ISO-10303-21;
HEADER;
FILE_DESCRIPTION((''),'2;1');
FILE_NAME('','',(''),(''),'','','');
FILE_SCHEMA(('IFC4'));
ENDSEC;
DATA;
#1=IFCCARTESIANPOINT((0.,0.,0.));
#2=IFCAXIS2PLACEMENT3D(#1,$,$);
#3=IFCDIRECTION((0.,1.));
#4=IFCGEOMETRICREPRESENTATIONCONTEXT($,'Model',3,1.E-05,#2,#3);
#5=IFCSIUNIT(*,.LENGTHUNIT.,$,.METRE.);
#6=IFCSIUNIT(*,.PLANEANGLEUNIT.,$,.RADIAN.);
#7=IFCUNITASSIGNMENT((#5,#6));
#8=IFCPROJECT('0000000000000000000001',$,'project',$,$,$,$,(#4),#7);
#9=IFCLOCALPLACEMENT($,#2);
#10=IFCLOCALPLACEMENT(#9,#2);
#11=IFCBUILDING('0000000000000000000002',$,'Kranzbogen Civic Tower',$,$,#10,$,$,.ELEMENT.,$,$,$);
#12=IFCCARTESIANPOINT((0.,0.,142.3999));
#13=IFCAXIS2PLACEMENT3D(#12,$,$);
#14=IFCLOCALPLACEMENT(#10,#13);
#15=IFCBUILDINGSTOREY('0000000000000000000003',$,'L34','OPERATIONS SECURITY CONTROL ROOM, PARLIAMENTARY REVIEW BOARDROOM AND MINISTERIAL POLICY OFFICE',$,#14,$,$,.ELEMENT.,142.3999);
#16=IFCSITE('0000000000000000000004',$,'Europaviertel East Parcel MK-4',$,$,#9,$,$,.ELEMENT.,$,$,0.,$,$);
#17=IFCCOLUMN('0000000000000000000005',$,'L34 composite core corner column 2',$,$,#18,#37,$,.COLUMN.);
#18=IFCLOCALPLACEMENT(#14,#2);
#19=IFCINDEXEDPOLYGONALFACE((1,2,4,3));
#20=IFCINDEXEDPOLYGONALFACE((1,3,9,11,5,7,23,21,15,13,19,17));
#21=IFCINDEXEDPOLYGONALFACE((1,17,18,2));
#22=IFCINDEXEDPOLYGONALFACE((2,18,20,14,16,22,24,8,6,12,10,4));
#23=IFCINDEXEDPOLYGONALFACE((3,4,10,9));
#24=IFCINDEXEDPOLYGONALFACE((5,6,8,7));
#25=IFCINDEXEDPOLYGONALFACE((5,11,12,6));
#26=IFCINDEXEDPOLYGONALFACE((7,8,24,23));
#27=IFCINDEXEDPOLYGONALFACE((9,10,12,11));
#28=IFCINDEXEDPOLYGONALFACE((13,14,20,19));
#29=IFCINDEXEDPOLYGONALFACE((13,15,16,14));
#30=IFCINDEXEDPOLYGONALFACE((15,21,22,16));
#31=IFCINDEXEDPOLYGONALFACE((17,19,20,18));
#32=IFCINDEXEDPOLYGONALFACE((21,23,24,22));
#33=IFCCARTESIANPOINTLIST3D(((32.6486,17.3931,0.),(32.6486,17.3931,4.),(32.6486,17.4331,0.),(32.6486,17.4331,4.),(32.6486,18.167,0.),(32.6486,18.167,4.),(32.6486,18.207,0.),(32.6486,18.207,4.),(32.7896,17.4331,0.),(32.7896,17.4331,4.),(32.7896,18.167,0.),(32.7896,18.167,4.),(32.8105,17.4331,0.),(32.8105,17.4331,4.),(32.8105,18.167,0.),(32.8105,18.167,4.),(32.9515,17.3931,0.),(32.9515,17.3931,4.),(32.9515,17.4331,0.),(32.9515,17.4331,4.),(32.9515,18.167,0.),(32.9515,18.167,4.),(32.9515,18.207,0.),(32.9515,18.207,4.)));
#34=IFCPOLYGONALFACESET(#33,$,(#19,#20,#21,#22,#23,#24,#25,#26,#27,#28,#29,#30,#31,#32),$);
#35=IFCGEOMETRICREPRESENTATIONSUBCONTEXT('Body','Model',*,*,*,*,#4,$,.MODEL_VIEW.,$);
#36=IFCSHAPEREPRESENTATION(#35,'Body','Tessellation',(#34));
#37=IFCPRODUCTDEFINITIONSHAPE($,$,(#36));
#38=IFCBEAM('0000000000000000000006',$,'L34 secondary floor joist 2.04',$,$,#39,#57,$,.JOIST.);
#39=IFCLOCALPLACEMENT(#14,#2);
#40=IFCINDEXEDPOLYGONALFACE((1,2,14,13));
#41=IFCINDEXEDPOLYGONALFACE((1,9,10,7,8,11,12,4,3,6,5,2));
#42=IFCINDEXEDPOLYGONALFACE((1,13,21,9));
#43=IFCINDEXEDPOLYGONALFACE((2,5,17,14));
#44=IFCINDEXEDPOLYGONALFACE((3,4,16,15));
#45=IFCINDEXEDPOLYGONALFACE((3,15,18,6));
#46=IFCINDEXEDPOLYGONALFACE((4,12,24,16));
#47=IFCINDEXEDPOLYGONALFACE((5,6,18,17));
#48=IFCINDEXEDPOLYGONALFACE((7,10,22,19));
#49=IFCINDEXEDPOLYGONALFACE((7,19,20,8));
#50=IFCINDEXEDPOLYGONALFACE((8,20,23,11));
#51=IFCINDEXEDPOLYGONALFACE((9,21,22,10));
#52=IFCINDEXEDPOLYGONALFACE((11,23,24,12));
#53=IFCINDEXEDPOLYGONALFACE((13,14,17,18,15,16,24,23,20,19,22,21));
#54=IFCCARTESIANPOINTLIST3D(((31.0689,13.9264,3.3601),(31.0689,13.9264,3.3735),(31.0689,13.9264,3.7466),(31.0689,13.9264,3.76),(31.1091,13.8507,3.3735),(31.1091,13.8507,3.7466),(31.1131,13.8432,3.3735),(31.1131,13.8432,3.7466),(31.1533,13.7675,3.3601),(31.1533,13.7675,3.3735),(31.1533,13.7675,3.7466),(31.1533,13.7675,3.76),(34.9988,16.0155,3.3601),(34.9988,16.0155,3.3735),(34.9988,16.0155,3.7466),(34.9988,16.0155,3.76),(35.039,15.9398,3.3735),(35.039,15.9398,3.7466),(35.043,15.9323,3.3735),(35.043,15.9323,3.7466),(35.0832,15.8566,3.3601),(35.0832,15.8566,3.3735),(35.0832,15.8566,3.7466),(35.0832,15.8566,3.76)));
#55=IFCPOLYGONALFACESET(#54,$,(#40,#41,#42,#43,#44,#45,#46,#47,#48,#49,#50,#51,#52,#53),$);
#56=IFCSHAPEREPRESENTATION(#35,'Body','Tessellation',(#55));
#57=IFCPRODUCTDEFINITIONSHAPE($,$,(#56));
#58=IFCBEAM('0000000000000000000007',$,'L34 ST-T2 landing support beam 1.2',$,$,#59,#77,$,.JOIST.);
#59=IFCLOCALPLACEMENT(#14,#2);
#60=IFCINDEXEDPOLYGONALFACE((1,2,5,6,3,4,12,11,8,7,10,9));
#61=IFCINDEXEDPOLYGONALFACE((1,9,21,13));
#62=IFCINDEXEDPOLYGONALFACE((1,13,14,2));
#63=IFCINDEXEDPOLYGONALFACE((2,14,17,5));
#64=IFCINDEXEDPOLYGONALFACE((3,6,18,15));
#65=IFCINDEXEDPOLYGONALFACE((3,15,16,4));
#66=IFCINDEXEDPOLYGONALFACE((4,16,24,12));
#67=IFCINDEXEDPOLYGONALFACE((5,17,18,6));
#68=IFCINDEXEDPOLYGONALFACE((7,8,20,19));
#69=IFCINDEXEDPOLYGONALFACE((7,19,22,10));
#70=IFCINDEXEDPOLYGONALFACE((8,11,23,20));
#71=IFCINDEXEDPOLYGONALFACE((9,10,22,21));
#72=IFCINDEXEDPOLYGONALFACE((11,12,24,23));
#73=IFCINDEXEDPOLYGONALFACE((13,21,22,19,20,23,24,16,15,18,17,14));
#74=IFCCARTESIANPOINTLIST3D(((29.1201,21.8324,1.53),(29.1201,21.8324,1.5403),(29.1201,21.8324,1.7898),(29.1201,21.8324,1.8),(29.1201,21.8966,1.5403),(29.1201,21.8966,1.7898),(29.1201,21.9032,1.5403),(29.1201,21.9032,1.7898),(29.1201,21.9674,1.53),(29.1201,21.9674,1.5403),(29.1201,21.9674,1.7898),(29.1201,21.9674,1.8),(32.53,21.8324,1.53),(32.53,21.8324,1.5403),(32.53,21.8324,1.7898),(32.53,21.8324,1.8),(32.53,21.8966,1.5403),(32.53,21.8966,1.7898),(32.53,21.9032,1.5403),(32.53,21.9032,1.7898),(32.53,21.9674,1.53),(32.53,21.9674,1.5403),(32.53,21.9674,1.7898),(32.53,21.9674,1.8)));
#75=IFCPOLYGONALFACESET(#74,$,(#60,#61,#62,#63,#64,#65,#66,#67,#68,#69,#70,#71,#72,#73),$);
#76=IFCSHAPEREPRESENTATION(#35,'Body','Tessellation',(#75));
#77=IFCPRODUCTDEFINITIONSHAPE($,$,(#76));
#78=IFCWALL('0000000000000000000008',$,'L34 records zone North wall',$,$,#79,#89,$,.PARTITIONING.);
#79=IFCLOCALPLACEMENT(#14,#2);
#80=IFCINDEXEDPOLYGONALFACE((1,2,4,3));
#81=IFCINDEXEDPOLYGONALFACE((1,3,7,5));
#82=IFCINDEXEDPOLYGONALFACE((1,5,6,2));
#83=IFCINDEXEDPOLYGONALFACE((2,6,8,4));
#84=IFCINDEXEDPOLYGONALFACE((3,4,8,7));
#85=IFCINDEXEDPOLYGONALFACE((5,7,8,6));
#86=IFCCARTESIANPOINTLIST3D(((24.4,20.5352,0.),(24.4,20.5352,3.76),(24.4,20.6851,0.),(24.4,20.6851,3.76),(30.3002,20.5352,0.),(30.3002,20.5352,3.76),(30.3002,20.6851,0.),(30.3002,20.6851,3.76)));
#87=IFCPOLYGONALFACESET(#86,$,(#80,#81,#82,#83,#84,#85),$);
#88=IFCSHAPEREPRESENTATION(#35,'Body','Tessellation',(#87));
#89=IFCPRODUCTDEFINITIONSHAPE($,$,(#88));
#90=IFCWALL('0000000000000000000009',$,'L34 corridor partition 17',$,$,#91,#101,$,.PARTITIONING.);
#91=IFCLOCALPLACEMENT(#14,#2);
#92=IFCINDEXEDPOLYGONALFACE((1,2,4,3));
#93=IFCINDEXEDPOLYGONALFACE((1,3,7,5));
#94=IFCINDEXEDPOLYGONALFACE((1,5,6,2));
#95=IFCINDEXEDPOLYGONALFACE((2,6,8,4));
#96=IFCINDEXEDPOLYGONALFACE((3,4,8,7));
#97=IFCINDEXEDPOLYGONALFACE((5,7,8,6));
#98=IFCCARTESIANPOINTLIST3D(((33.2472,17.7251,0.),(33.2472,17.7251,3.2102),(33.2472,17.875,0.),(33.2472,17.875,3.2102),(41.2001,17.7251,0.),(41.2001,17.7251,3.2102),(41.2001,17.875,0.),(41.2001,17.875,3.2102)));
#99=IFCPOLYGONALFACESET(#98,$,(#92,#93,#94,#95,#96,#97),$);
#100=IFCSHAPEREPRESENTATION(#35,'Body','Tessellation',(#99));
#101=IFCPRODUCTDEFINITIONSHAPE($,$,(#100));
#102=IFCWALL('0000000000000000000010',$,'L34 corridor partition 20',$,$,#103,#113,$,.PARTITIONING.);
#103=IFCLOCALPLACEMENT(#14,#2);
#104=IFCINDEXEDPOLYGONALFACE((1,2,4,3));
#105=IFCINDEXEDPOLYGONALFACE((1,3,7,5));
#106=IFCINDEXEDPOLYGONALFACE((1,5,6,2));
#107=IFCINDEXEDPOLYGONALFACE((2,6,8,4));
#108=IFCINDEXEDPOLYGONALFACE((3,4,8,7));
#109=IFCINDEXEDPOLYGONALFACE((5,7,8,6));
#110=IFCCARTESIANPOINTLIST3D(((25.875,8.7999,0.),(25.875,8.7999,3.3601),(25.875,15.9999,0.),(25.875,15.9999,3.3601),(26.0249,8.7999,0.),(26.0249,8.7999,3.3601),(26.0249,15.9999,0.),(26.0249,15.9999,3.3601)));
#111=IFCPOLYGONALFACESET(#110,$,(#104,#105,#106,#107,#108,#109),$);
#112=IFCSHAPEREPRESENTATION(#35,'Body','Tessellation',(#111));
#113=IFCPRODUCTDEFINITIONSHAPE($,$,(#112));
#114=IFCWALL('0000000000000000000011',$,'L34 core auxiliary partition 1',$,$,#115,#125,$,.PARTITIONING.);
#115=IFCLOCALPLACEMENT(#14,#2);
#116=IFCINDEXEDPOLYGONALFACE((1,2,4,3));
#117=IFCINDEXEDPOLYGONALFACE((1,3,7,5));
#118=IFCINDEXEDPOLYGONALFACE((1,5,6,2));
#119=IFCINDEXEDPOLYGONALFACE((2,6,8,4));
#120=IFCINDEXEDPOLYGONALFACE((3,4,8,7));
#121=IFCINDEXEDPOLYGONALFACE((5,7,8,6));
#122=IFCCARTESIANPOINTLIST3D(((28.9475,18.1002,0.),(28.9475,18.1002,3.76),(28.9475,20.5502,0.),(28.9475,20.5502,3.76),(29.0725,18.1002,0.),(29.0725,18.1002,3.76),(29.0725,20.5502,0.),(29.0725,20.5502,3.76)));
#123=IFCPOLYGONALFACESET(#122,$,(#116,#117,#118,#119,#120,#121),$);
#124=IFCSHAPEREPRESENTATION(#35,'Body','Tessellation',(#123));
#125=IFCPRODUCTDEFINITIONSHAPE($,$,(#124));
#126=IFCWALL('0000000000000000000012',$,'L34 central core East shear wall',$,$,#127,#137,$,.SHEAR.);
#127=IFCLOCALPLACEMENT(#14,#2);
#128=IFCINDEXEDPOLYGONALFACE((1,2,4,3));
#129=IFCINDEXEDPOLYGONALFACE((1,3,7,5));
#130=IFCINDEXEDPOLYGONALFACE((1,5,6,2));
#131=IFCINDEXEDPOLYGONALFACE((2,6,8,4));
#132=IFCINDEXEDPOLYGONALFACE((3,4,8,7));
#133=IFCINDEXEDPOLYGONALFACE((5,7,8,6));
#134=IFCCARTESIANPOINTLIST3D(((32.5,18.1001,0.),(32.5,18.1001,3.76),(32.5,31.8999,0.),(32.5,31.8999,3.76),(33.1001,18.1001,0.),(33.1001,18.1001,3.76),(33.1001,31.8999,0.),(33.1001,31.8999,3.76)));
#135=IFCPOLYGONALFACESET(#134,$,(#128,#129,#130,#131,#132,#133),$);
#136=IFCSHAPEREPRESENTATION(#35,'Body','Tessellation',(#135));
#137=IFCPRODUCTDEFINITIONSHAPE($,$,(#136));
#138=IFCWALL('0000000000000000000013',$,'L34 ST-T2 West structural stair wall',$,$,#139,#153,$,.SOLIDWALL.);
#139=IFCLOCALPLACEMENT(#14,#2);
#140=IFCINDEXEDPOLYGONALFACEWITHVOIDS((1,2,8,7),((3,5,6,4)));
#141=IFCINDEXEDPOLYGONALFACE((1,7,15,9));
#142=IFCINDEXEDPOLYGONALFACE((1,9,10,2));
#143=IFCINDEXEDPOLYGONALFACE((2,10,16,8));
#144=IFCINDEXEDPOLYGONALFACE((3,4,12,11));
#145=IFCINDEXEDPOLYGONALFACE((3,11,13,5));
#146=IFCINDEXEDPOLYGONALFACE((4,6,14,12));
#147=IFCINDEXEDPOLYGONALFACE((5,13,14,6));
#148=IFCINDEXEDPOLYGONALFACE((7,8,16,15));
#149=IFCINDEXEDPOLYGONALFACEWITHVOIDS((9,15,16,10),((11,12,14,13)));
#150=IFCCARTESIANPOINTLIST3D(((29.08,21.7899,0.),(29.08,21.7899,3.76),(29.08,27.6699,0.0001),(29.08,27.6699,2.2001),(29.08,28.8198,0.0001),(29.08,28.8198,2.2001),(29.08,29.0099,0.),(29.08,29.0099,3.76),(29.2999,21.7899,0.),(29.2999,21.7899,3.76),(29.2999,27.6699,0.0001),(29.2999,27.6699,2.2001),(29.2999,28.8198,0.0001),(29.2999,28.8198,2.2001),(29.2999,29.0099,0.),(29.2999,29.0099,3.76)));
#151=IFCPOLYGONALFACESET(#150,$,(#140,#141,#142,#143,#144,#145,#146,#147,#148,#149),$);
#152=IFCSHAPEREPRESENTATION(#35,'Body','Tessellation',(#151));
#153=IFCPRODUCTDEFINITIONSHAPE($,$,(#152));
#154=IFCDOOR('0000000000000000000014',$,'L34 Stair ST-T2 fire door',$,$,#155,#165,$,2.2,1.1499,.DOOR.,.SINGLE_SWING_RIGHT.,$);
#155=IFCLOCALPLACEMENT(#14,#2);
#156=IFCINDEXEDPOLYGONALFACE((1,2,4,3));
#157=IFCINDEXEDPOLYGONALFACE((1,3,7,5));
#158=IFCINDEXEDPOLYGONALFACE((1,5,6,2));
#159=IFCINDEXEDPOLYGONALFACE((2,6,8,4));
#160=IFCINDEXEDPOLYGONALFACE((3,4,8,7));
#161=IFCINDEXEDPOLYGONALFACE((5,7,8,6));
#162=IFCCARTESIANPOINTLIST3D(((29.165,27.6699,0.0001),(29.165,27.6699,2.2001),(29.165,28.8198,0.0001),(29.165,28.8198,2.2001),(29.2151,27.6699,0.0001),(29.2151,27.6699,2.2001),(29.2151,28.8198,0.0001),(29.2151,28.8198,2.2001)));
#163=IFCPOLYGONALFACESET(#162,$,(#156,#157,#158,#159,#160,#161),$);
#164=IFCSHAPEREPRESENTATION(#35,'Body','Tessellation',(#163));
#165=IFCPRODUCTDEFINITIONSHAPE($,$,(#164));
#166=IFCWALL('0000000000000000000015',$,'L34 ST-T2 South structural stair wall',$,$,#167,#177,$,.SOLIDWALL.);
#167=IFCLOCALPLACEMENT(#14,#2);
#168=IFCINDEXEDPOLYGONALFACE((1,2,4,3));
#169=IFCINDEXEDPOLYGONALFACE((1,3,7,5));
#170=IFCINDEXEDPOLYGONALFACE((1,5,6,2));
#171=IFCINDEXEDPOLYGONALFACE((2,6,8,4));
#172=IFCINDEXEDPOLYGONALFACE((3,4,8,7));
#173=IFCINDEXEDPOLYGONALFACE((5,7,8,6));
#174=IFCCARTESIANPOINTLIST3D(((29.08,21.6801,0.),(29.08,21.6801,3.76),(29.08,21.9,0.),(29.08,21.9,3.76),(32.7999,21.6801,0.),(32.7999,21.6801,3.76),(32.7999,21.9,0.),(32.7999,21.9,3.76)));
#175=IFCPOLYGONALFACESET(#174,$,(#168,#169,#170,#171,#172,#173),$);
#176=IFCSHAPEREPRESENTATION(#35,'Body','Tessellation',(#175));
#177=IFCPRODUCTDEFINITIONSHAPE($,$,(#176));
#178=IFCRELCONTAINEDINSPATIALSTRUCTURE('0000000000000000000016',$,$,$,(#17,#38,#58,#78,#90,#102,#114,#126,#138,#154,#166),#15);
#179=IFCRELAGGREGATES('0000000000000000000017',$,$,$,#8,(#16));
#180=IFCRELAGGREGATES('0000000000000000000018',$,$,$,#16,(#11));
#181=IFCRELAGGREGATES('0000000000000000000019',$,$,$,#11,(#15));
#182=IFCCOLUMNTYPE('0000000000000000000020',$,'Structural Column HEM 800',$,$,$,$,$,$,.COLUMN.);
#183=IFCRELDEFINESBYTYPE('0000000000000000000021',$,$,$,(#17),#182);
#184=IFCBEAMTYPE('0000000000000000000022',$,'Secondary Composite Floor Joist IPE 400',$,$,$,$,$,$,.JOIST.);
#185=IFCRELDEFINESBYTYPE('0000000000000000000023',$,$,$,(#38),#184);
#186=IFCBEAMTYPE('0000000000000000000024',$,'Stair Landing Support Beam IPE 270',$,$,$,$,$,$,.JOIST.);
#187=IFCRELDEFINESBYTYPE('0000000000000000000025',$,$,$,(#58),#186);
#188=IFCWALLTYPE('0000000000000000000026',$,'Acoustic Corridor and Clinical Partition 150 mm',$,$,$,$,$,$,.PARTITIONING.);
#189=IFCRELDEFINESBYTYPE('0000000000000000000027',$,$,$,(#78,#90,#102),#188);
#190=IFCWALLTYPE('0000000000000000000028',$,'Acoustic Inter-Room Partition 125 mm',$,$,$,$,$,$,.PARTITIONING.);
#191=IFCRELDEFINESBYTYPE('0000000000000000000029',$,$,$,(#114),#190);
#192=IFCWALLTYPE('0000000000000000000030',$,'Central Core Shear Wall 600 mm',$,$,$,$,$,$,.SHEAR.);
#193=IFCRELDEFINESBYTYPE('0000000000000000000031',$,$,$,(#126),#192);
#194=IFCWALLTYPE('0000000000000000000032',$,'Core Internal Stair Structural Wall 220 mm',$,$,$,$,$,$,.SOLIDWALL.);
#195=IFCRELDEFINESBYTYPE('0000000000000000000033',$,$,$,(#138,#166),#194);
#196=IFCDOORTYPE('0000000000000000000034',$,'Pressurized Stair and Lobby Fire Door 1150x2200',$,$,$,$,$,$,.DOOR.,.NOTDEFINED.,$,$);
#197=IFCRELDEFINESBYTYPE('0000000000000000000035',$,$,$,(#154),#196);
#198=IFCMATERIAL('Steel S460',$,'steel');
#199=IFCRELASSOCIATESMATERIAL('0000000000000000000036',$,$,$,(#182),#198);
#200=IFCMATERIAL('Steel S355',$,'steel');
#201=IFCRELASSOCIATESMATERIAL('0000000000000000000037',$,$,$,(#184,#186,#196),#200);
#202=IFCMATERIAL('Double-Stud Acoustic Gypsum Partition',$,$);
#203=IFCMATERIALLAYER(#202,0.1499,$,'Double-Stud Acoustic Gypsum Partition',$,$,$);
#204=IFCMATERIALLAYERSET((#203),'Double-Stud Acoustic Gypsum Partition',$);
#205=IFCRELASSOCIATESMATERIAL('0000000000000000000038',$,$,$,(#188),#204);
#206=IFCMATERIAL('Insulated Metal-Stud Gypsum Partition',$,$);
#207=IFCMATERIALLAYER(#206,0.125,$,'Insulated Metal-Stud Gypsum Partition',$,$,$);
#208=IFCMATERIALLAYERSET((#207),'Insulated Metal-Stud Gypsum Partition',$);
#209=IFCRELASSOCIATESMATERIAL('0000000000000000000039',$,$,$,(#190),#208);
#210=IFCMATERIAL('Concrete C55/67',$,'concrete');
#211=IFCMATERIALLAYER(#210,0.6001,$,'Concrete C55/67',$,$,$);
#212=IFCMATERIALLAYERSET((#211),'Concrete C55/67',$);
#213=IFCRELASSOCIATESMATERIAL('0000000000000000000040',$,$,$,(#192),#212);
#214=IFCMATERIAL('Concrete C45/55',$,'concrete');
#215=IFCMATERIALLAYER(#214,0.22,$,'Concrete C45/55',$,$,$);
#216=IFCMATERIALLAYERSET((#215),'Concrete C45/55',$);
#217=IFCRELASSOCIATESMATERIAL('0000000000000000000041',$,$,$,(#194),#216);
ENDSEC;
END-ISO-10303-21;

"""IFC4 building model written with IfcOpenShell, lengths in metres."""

from ifc_helpers import new_model, si_unit, direction, frame, frame_2d, origin, origin_2d, place, context, subcontext, project, spatial, rectangle, i_section, extrude, material, layer, layer_set, material_profile, profile_set, type_object, element, fill, save


model = new_model("IFC4")

# Units and contexts
model_context = context("Model", 3, precision=1e-05, world=origin(), true_north=direction((0.0, 1.0)))
body_context = subcontext(model_context, "Body", "Model", "MODEL_VIEW")
ifc_project = project(units=[si_unit("LENGTHUNIT", "METRE"), si_unit("PLANEANGLEUNIT", "RADIAN")], contexts=[model_context])

# Site, building, storey
site_placement = place(None, origin())
site = spatial("IfcSite", under=ifc_project, at=site_placement, Name="Europaviertel East Parcel MK-4", CompositionType="ELEMENT", RefElevation=0.0)
building_placement = place(site_placement, origin())
building = spatial("IfcBuilding", under=site, at=building_placement, Name="Kranzbogen Civic Tower", CompositionType="ELEMENT")
storey_placement = place(building_placement, frame((0.0, 0.0, 142.3999)))
storey = spatial("IfcBuildingStorey", under=building, at=storey_placement, Name="L34", Description="OPERATIONS SECURITY CONTROL ROOM, PARLIAMENTARY REVIEW BOARDROOM AND MINISTERIAL POLICY OFFICE", CompositionType="ELEMENT", Elevation=142.3999)

# Column
ifc_material_1 = material(Name="Steel S460", Category="steel")
ifc_material_profile_1 = material_profile(ifc_material_1, i_section(OverallWidth=0.303, OverallDepth=0.814, WebThickness=0.021, FlangeThickness=0.04, at=origin_2d()), Name="HEM 800")
ifc_profile_set_1 = profile_set([ifc_material_profile_1], Name="Steel S460")
column_type = type_object("IfcColumnType", Name="Structural Column HEM 800", PredefinedType="COLUMN", material=ifc_profile_set_1)
column_placement = place(storey_placement, frame((32.8, 17.8, 0.0), z_axis=(0.0, 0.0, 1.0), x_axis=(1.0, 0.0, 0.0)))
element("IfcColumn", 1, at=column_placement, inside=storey, type_object=column_type, Name="L34 composite core corner column 2", PredefinedType="COLUMN", context=body_context, shape_type="SweptSolid", body=[
    extrude(i_section(OverallWidth=0.303, OverallDepth=0.814, WebThickness=0.021, FlangeThickness=0.04, at=origin_2d()), origin(), (0.0, 0.0, 1.0), 4.0),
])

# Beams
ifc_material_2 = material(Name="Steel S355", Category="steel")
ifc_material_profile_2 = material_profile(ifc_material_2, i_section(OverallWidth=0.1799, OverallDepth=0.3999, WebThickness=0.0085, FlangeThickness=0.0134, at=origin_2d()), Name="IPE 400")
ifc_profile_set_2 = profile_set([ifc_material_profile_2], Name="Steel S355")
beam_type_1 = type_object("IfcBeamType", Name="Secondary Composite Floor Joist IPE 400", PredefinedType="JOIST", material=ifc_profile_set_2)
beam_1_placement = place(storey_placement, frame((31.1111, 13.8469, 3.5601), z_axis=(0.882991, 0.469389, 0.0), x_axis=(-0.469389, 0.882991, 0.0)))
element("IfcBeam", 2, at=beam_1_placement, inside=storey, type_object=beam_type_1, Name="L34 secondary floor joist 2.04", PredefinedType="JOIST", context=body_context, shape_type="SweptSolid", body=[
    extrude(i_section(OverallWidth=0.1799, OverallDepth=0.3999, WebThickness=0.0085, FlangeThickness=0.0134, at=origin_2d()), origin(), (0.0, 0.0, 1.0), 4.4507),
])
ifc_material_profile_3 = material_profile(ifc_material_2, i_section(OverallWidth=0.135, OverallDepth=0.27, WebThickness=0.0066, FlangeThickness=0.0103, at=origin_2d()), Name="IPE 270")
ifc_profile_set_3 = profile_set([ifc_material_profile_3], Name="Steel S355")
beam_type_2 = type_object("IfcBeamType", Name="Stair Landing Support Beam IPE 270", PredefinedType="JOIST", material=ifc_profile_set_3)
beam_2_placement = place(storey_placement, frame((29.1201, 21.8999, 1.665), z_axis=(1.0, 0.0, 0.0), x_axis=(0.0, 1.0, 0.0)))
element("IfcBeam", 3, at=beam_2_placement, inside=storey, type_object=beam_type_2, Name="L34 ST-T2 landing support beam 1.2", PredefinedType="JOIST", context=body_context, shape_type="SweptSolid", body=[
    extrude(i_section(OverallWidth=0.135, OverallDepth=0.27, WebThickness=0.0066, FlangeThickness=0.0103, at=origin_2d()), origin(), (0.0, 0.0, 1.0), 3.4099),
])

# Walls
ifc_material_3 = material(Name="Double-Stud Acoustic Gypsum Partition")
ifc_layer_1 = layer(ifc_material_3, 0.1499, Name="Double-Stud Acoustic Gypsum Partition")
ifc_layer_set_1 = layer_set([ifc_layer_1], Name="Double-Stud Acoustic Gypsum Partition")
wall_type_1 = type_object("IfcWallType", Name="Acoustic Corridor and Clinical Partition 150 mm", PredefinedType="PARTITIONING", material=ifc_layer_set_1)
wall_1_placement = place(storey_placement, frame((24.3999, 20.6101, 0.0), z_axis=(0.0, 0.0, 1.0), x_axis=(1.0, 0.0, 0.0)))
element("IfcWall", 4, at=wall_1_placement, inside=storey, type_object=wall_type_1, Name="L34 records zone North wall", PredefinedType="PARTITIONING", context=body_context, shape_type="SweptSolid", body=[
    extrude(rectangle(XDim=5.9001, YDim=0.1499, at=frame_2d((2.9502, 0.0))), origin(), (0.0, 0.0, 1.0), 3.76),
])
wall_2_placement = place(storey_placement, frame((33.2471, 17.8, 0.0), z_axis=(0.0, 0.0, 1.0), x_axis=(1.0, 0.0, 0.0)))
element("IfcWall", 5, at=wall_2_placement, inside=storey, type_object=wall_type_1, Name="L34 corridor partition 17", PredefinedType="PARTITIONING", context=body_context, shape_type="SweptSolid", body=[
    extrude(rectangle(XDim=7.9529, YDim=0.1499, at=frame_2d((3.9766, 0.0))), origin(), (0.0, 0.0, 1.0), 3.2102),
])
wall_3_placement = place(storey_placement, frame((25.95, 16.0, 0.0), z_axis=(0.0, 0.0, 1.0), x_axis=(0.0, -1.0, 0.0)))
element("IfcWall", 6, at=wall_3_placement, inside=storey, type_object=wall_type_1, Name="L34 corridor partition 20", PredefinedType="PARTITIONING", context=body_context, shape_type="SweptSolid", body=[
    extrude(rectangle(XDim=7.2, YDim=0.1499, at=frame_2d((3.6001, 0.0))), origin(), (0.0, 0.0, 1.0), 3.3601),
])
ifc_material_4 = material(Name="Insulated Metal-Stud Gypsum Partition")
ifc_layer_2 = layer(ifc_material_4, 0.125, Name="Insulated Metal-Stud Gypsum Partition")
ifc_layer_set_2 = layer_set([ifc_layer_2], Name="Insulated Metal-Stud Gypsum Partition")
wall_type_2 = type_object("IfcWallType", Name="Acoustic Inter-Room Partition 125 mm", PredefinedType="PARTITIONING", material=ifc_layer_set_2)
wall_4_placement = place(storey_placement, frame((29.01, 18.1001, 0.0), z_axis=(0.0, 0.0, 1.0), x_axis=(0.0, 1.0, 0.0)))
element("IfcWall", 7, at=wall_4_placement, inside=storey, type_object=wall_type_2, Name="L34 core auxiliary partition 1", PredefinedType="PARTITIONING", context=body_context, shape_type="SweptSolid", body=[
    extrude(rectangle(XDim=2.45, YDim=0.125, at=frame_2d((1.2251, 0.0))), origin(), (0.0, 0.0, 1.0), 3.76),
])
ifc_material_5 = material(Name="Concrete C55/67", Category="concrete")
ifc_layer_3 = layer(ifc_material_5, 0.6001, Name="Concrete C55/67")
ifc_layer_set_3 = layer_set([ifc_layer_3], Name="Concrete C55/67")
wall_type_3 = type_object("IfcWallType", Name="Central Core Shear Wall 600 mm", PredefinedType="SHEAR", material=ifc_layer_set_3)
wall_5_placement = place(storey_placement, frame((32.8, 18.1001, 0.0), z_axis=(0.0, 0.0, 1.0), x_axis=(0.0, 1.0, 0.0)))
element("IfcWall", 8, at=wall_5_placement, inside=storey, type_object=wall_type_3, Name="L34 central core East shear wall", PredefinedType="SHEAR", context=body_context, shape_type="SweptSolid", body=[
    extrude(rectangle(XDim=13.7998, YDim=0.6001, at=frame_2d((6.8999, 0.0))), origin(), (0.0, 0.0, 1.0), 3.76),
])

# Wall, opening, door
ifc_material_6 = material(Name="Concrete C45/55", Category="concrete")
ifc_layer_4 = layer(ifc_material_6, 0.22, Name="Concrete C45/55")
ifc_layer_set_4 = layer_set([ifc_layer_4], Name="Concrete C45/55")
wall_type_4 = type_object("IfcWallType", Name="Core Internal Stair Structural Wall 220 mm", PredefinedType="SOLIDWALL", material=ifc_layer_set_4)
wall_6_placement = place(storey_placement, frame((29.1899, 21.79, 0.0), z_axis=(0.0, 0.0, 1.0), x_axis=(0.0, 1.0, 0.0)))
wall_6 = element("IfcWall", 9, at=wall_6_placement, inside=storey, type_object=wall_type_4, Name="L34 ST-T2 West structural stair wall", PredefinedType="SOLIDWALL", context=body_context, shape_type="SweptSolid", body=[
    extrude(rectangle(XDim=7.22, YDim=0.22, at=frame_2d((3.6099, 0.0))), origin(), (0.0, 0.0, 1.0), 3.76),
])
opening_placement = place(wall_6_placement, frame((5.8799, 0.0, 0.0)))
opening = element("IfcOpeningElement", 10, at=opening_placement, cuts=wall_6, PredefinedType="OPENING", context=body_context, shape_type="SweptSolid", body=[
    extrude(rectangle(XDim=1.1499, YDim=2.2, at=frame_2d((0.575, 1.1001))), frame((0.0, 0.1201, 0.0), z_axis=(0.0, -1.0, 0.0), x_axis=(1.0, 0.0, 0.0)), (0.0, 0.0, 1.0), 0.24),
])
door_type = type_object("IfcDoorType", Name="Pressurized Stair and Lobby Fire Door 1150x2200", OperationType="NOTDEFINED", PredefinedType="DOOR", material=ifc_material_2)
door_placement = place(opening_placement, origin())
door = element("IfcDoor", 11, at=door_placement, inside=storey, type_object=door_type, Name="L34 Stair ST-T2 fire door", OperationType="SINGLE_SWING_RIGHT", OverallHeight=2.2, OverallWidth=1.1499, PredefinedType="DOOR", context=body_context, shape_type="SweptSolid", body=[
    extrude(rectangle(XDim=1.1499, YDim=2.2, at=frame_2d((0.575, 1.1001))), frame((0.0, 0.0249, 0.0), z_axis=(0.0, -1.0, 0.0), x_axis=(1.0, 0.0, 0.0)), (0.0, 0.0, 1.0), 0.05),
])
fill(opening, door)

# Wall
wall_7_placement = place(storey_placement, frame((29.0801, 21.79, 0.0), z_axis=(0.0, 0.0, 1.0), x_axis=(1.0, 0.0, 0.0)))
element("IfcWall", 12, at=wall_7_placement, inside=storey, type_object=wall_type_4, Name="L34 ST-T2 South structural stair wall", PredefinedType="SOLIDWALL", context=body_context, shape_type="SweptSolid", body=[
    extrude(rectangle(XDim=3.72, YDim=0.22, at=frame_2d((1.8599, 0.0))), origin(), (0.0, 0.0, 1.0), 3.76),
])

save(model, "model.ifc")
